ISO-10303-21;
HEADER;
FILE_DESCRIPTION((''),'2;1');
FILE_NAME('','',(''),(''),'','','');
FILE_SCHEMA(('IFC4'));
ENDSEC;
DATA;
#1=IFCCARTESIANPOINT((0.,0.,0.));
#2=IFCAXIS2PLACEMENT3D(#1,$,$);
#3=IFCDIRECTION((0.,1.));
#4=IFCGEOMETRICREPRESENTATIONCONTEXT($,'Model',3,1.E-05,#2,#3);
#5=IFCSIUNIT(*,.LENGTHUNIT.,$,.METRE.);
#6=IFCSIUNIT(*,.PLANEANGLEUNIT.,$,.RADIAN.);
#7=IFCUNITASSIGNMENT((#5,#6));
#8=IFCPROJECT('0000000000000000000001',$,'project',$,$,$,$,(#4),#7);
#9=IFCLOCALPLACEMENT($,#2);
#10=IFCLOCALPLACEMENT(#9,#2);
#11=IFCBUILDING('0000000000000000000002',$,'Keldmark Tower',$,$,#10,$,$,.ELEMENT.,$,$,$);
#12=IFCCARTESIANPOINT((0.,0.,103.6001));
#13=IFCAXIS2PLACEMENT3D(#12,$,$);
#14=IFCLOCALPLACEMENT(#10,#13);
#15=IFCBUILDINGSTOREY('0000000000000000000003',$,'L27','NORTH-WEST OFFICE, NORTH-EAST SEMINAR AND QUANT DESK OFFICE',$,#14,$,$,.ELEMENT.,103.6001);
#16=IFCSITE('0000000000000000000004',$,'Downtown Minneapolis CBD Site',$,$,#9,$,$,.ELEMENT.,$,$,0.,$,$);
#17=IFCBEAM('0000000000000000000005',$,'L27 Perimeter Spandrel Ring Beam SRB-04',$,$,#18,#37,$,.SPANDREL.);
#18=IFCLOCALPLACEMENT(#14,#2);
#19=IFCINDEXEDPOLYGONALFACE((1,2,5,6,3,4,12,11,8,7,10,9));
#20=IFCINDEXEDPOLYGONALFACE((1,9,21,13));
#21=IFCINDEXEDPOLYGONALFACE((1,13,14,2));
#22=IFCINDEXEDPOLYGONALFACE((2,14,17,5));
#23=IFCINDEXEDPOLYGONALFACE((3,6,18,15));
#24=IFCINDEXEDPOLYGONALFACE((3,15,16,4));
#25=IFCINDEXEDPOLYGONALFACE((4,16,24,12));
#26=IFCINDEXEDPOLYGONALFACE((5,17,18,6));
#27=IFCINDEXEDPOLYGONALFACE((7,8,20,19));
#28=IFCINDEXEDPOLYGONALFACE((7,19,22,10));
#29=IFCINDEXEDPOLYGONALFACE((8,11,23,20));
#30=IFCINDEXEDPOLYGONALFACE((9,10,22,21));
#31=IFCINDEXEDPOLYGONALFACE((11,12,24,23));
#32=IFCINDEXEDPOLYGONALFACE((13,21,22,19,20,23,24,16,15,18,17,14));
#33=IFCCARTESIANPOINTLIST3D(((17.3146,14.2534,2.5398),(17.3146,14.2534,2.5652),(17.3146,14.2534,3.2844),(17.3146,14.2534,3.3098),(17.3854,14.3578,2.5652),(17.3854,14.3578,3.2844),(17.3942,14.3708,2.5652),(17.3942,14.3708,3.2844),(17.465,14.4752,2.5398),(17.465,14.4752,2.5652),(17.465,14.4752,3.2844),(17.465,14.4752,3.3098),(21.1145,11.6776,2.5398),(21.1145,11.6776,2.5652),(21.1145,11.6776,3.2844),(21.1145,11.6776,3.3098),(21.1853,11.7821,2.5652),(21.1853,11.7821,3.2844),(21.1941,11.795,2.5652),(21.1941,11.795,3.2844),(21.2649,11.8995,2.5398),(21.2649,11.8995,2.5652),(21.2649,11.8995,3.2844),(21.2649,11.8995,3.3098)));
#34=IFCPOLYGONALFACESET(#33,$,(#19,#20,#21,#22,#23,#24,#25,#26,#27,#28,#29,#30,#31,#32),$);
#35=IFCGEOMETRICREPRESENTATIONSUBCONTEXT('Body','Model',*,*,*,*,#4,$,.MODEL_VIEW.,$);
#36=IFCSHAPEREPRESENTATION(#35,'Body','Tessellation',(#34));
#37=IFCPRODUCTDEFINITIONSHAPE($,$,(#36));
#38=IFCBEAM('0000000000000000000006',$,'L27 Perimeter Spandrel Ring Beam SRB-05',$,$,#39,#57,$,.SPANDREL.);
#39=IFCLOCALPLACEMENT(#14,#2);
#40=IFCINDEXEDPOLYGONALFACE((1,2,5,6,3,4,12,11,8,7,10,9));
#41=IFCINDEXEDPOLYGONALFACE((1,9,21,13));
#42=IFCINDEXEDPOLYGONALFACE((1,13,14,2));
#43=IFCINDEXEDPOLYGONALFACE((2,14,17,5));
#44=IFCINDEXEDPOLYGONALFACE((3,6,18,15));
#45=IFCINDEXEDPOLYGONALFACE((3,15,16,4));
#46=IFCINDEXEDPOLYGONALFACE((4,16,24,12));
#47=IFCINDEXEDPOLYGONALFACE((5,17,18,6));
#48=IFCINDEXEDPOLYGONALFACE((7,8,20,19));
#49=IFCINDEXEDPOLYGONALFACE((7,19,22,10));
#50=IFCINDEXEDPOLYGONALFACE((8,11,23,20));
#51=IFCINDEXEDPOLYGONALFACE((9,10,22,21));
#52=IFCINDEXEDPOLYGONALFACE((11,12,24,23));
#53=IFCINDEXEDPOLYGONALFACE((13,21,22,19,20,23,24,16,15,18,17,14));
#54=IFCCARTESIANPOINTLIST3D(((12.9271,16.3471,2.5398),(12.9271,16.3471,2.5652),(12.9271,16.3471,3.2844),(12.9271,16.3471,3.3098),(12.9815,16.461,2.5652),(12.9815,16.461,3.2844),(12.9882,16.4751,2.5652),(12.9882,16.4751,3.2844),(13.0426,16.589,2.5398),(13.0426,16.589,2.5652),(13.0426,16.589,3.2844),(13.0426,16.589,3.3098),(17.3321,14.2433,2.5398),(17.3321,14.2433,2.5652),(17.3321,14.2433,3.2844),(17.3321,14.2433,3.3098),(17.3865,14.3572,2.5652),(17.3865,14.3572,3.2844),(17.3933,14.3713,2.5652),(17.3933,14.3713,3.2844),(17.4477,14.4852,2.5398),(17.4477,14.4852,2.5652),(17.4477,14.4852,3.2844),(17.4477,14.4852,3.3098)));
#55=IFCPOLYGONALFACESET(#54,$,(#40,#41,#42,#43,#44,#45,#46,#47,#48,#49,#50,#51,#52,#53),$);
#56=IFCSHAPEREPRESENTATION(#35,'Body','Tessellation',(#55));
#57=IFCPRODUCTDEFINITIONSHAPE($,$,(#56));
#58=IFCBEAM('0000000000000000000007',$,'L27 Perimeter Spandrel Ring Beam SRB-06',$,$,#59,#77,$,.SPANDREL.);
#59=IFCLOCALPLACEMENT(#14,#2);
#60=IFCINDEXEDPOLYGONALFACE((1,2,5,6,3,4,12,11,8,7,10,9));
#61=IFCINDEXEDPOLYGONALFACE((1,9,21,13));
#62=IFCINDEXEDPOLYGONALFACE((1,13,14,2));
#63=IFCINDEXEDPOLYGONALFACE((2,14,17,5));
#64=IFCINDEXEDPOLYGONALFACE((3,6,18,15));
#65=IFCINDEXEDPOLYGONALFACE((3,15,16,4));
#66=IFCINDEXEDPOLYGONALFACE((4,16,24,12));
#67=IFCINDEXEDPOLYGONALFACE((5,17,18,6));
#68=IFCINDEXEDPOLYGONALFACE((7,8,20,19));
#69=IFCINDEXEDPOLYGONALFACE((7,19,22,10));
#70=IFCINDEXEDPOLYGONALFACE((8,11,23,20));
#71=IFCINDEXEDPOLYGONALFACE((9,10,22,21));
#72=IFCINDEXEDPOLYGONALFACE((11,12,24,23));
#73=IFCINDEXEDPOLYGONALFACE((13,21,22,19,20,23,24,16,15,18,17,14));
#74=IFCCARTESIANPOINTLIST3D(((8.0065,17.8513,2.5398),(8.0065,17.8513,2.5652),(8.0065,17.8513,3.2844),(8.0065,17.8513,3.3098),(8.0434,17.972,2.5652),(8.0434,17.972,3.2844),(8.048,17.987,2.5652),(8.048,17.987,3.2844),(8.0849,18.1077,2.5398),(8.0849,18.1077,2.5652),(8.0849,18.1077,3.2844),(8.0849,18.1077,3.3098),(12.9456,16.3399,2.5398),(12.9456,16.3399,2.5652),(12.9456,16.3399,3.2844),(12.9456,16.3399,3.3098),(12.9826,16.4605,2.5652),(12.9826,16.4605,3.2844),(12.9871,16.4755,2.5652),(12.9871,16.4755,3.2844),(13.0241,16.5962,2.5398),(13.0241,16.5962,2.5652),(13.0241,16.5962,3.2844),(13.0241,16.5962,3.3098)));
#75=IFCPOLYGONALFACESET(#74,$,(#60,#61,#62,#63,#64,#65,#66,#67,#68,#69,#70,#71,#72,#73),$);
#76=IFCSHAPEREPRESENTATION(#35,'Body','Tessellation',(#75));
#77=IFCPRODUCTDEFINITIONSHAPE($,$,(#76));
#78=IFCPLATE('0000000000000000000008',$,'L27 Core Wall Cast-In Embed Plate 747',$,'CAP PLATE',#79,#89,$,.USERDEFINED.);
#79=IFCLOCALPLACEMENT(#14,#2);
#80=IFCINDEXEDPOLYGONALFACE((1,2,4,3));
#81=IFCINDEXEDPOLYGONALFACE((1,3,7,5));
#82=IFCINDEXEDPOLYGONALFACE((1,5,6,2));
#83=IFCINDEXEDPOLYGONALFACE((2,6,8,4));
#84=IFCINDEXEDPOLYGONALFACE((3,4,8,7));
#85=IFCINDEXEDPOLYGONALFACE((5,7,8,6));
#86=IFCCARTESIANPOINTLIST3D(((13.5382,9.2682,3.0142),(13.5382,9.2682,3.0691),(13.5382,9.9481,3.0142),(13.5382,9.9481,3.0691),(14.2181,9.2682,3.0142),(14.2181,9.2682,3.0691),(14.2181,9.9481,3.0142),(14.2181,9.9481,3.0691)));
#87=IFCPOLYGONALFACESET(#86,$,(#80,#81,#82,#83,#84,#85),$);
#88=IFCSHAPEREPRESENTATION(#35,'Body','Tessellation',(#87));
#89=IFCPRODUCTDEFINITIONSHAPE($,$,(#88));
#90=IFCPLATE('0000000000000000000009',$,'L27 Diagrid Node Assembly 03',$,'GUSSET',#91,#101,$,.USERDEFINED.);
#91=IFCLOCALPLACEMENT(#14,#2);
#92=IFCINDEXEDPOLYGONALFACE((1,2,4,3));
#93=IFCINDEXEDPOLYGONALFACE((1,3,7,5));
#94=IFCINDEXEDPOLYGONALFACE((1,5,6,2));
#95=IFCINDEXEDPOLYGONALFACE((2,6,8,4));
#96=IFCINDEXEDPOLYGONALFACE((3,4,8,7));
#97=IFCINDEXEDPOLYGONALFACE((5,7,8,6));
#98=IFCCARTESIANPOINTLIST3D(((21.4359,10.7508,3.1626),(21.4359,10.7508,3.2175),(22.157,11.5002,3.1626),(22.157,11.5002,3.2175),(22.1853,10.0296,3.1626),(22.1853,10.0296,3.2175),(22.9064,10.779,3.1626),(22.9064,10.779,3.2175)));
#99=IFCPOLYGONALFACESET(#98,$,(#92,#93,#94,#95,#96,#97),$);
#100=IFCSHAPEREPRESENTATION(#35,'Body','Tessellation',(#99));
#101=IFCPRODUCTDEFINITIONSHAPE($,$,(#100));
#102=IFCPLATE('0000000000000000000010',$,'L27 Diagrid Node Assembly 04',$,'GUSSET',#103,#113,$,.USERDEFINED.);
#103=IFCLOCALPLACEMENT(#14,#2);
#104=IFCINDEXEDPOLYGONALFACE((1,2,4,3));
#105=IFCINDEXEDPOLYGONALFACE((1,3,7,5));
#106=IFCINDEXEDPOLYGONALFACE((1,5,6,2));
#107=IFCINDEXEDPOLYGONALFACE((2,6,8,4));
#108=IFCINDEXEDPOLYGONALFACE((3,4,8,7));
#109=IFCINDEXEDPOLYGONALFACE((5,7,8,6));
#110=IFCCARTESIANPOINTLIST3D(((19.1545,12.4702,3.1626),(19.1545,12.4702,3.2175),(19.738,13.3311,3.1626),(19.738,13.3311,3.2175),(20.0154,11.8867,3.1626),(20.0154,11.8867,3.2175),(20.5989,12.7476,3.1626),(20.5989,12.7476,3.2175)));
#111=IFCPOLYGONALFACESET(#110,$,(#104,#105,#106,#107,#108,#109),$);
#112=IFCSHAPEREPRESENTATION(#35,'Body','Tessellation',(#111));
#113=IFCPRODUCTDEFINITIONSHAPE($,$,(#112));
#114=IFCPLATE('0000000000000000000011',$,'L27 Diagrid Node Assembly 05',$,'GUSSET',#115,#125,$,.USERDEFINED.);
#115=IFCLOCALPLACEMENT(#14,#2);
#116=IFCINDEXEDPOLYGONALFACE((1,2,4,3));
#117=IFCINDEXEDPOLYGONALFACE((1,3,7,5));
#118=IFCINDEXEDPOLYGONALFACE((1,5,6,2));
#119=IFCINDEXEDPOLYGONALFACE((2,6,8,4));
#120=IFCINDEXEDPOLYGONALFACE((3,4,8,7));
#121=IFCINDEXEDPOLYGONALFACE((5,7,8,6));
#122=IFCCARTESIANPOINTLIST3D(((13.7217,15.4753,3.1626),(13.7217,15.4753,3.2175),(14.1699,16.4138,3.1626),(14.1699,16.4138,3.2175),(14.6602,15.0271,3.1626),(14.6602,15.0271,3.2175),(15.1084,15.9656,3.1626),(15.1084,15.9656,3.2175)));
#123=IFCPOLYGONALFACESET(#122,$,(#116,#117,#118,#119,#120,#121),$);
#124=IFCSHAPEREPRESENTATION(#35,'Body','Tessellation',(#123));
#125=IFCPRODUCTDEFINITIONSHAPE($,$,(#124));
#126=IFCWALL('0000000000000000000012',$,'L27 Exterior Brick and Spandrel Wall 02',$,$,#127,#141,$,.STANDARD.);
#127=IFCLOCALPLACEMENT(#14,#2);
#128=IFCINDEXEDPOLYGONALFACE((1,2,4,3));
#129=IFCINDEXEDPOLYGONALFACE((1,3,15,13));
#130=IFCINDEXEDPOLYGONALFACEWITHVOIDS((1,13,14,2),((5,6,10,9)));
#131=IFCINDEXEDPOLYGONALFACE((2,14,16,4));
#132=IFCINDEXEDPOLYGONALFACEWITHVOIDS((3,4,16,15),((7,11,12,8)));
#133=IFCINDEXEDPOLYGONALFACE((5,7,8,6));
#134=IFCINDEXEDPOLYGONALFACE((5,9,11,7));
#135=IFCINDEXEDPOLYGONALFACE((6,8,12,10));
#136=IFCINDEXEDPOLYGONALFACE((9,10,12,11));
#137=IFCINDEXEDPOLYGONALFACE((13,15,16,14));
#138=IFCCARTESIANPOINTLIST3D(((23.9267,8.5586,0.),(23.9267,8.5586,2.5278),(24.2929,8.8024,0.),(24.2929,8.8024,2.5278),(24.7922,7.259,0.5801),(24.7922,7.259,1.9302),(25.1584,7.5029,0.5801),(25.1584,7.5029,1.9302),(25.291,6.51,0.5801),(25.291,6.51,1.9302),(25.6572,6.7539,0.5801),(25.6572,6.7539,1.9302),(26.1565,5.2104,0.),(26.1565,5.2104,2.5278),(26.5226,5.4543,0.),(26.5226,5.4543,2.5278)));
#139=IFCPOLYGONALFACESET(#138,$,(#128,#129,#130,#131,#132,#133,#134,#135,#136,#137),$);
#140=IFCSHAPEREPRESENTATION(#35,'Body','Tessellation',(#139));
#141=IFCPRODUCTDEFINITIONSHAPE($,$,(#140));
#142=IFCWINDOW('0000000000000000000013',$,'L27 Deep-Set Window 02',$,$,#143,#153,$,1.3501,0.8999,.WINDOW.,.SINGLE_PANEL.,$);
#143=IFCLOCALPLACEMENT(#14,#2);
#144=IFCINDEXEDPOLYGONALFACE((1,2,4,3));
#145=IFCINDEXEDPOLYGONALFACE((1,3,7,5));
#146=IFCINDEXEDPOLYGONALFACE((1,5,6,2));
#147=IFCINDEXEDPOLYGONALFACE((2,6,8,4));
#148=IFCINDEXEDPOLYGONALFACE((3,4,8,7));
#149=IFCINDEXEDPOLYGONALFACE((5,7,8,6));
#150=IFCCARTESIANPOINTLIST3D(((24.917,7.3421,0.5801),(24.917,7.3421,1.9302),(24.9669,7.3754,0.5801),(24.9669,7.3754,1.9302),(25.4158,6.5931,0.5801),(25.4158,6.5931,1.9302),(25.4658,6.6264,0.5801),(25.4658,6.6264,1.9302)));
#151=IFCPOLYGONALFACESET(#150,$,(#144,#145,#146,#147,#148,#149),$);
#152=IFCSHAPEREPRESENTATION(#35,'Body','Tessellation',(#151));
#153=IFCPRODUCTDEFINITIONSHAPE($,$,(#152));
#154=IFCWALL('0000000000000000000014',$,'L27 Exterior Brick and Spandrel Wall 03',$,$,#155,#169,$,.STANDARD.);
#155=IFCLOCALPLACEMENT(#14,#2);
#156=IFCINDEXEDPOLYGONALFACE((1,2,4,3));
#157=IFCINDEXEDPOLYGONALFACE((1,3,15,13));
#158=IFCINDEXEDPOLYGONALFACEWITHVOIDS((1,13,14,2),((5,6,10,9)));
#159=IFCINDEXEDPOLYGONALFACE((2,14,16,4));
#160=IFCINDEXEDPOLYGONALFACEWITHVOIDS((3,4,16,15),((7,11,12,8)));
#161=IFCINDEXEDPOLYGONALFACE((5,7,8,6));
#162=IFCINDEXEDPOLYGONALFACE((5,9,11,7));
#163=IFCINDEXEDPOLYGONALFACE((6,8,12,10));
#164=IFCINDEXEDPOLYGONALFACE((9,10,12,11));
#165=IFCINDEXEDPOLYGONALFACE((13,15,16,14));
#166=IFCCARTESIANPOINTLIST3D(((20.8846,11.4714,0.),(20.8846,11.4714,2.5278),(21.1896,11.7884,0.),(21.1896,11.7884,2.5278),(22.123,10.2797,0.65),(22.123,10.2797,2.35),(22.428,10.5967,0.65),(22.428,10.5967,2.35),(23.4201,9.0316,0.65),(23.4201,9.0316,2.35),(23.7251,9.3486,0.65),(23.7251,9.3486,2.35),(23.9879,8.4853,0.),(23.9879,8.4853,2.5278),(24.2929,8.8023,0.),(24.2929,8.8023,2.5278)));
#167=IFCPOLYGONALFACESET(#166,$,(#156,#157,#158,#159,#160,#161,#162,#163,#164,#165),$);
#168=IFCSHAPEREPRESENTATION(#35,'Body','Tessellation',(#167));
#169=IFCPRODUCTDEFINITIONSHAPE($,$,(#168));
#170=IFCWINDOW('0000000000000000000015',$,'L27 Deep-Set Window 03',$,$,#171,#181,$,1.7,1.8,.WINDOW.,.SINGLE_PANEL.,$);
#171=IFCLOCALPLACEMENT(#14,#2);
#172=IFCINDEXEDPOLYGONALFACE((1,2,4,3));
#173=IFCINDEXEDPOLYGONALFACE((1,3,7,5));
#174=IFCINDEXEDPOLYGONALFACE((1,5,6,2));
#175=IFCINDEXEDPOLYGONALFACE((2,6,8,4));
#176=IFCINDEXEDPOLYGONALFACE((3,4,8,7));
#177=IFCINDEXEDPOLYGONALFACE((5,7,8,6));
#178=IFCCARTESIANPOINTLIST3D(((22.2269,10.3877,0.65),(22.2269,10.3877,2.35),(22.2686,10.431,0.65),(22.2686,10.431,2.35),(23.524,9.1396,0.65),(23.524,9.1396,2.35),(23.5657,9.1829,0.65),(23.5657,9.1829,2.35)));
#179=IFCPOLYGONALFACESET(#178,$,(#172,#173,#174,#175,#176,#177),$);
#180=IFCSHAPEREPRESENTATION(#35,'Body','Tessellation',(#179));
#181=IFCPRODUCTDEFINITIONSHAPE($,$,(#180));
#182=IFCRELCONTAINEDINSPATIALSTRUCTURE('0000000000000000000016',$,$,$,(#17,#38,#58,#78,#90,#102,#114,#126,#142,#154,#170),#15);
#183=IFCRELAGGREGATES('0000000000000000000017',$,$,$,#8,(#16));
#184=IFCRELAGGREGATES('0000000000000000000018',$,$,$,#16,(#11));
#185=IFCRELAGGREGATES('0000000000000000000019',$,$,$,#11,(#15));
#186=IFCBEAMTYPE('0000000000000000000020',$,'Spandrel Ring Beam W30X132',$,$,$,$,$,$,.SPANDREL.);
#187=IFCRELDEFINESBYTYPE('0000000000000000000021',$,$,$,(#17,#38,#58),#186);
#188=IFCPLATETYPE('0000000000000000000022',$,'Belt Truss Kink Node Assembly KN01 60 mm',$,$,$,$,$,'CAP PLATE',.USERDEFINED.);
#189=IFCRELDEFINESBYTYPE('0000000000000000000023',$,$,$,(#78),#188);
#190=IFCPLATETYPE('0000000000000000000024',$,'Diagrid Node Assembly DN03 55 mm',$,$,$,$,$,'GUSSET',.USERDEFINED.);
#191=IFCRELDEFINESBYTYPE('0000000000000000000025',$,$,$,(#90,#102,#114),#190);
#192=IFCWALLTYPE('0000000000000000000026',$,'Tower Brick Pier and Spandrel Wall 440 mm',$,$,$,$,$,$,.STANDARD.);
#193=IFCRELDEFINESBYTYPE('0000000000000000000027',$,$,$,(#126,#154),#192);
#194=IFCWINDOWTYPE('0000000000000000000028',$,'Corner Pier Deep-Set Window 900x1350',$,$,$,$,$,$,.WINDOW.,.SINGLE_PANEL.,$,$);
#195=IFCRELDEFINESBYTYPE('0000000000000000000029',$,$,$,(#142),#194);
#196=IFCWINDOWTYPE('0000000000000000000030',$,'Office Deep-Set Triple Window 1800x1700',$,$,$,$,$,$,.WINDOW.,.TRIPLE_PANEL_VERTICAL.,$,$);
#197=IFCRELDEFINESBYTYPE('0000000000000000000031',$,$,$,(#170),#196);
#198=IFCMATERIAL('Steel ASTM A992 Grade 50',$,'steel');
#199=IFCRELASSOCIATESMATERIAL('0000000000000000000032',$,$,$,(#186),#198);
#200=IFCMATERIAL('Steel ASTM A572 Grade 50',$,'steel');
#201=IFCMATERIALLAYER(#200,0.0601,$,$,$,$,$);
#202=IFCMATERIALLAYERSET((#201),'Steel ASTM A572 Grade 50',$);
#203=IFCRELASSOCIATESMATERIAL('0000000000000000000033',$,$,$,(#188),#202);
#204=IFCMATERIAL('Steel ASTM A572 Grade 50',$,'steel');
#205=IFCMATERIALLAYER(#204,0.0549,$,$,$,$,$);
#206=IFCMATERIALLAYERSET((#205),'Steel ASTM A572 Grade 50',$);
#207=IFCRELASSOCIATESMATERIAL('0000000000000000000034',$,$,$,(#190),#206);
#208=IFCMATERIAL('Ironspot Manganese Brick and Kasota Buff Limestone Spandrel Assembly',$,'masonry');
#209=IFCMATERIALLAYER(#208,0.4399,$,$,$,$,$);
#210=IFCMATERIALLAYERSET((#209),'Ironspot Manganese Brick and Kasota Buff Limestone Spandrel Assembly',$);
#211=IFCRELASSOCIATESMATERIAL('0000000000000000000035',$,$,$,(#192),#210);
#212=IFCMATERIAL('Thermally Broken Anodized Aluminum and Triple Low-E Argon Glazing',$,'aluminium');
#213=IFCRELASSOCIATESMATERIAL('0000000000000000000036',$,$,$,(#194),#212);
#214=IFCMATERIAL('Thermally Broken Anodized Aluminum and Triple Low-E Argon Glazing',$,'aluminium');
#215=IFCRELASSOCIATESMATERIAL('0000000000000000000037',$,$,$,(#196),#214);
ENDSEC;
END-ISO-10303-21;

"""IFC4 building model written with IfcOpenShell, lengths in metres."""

from ifc_helpers import new_model, si_unit, direction, frame, frame_2d, origin, origin_2d, place, context, subcontext, project, spatial, rectangle, i_section, extrude, material, layer, layer_set, material_profile, profile_set, type_object, element, fill, save


model = new_model("IFC4")

# Units and contexts
model_context = context("Model", 3, precision=1e-05, world=origin(), true_north=direction((0.0, 1.0)))
body_context = subcontext(model_context, "Body", "Model", "MODEL_VIEW")
ifc_project = project(units=[si_unit("LENGTHUNIT", "METRE"), si_unit("PLANEANGLEUNIT", "RADIAN")], contexts=[model_context])

# Site, building, storey
site_placement = place(None, origin())
site = spatial("IfcSite", under=ifc_project, at=site_placement, Name="Downtown Minneapolis CBD Site", CompositionType="ELEMENT", RefElevation=0.0)
building_placement = place(site_placement, origin())
building = spatial("IfcBuilding", under=site, at=building_placement, Name="Keldmark Tower", CompositionType="ELEMENT")
storey_placement = place(building_placement, frame((0.0, 0.0, 103.6001)))
storey = spatial("IfcBuildingStorey", under=building, at=storey_placement, Name="L27", Description="NORTH-WEST OFFICE, NORTH-EAST SEMINAR AND QUANT DESK OFFICE", CompositionType="ELEMENT", Elevation=103.6001)

# Beams
ifc_material_1 = material(Name="Steel ASTM A992 Grade 50", Category="steel")
ifc_material_profile_1 = material_profile(ifc_material_1, i_section(OverallWidth=0.2681, OverallDepth=0.77, WebThickness=0.0156, FlangeThickness=0.0254, at=origin_2d()), Name="W30X132")
ifc_profile_set_1 = profile_set([ifc_material_profile_1], Name="Steel ASTM A992 Grade 50")
beam_type_1 = type_object("IfcBeamType", Name="Spandrel Ring Beam W30X132", PredefinedType="SPANDREL", material=ifc_profile_set_1)
beam_1_placement = place(storey_placement, frame((21.1897, 11.7886, 2.9248), z_axis=(-0.827755, 0.56109, 0.0), x_axis=(-0.56109, -0.827755, 0.0)))
element("IfcBeam", 1, at=beam_1_placement, inside=storey, type_object=beam_type_1, Name="L27 Perimeter Spandrel Ring Beam SRB-04", PredefinedType="SPANDREL", context=body_context, shape_type="SweptSolid", body=[
    extrude(i_section(OverallWidth=0.2681, OverallDepth=0.77, WebThickness=0.0156, FlangeThickness=0.0254, at=origin_2d()), origin(), (0.0, 0.0, 1.0), 4.5906),
])
beam_2_placement = place(storey_placement, frame((17.3899, 14.3643, 2.9248), z_axis=(-0.902373, 0.430956, 0.0), x_axis=(-0.430956, -0.902373, 0.0)))
element("IfcBeam", 2, at=beam_2_placement, inside=storey, type_object=beam_type_1, Name="L27 Perimeter Spandrel Ring Beam SRB-05", PredefinedType="SPANDREL", context=body_context, shape_type="SweptSolid", body=[
    extrude(i_section(OverallWidth=0.2681, OverallDepth=0.77, WebThickness=0.0156, FlangeThickness=0.0254, at=origin_2d()), origin(), (0.0, 0.0, 1.0), 4.8816),
])
beam_3_placement = place(storey_placement, frame((12.9849, 16.468, 2.9248), z_axis=(-0.956229, 0.292621, 0.0), x_axis=(-0.292621, -0.956229, 0.0)))
element("IfcBeam", 3, at=beam_3_placement, inside=storey, type_object=beam_type_1, Name="L27 Perimeter Spandrel Ring Beam SRB-06", PredefinedType="SPANDREL", context=body_context, shape_type="SweptSolid", body=[
    extrude(i_section(OverallWidth=0.2681, OverallDepth=0.77, WebThickness=0.0156, FlangeThickness=0.0254, at=origin_2d()), origin(), (0.0, 0.0, 1.0), 5.1653),
])

# Plates
ifc_material_2 = material(Name="Steel ASTM A572 Grade 50", Category="steel")
ifc_layer_1 = layer(ifc_material_2, 0.0601)
ifc_layer_set_1 = layer_set([ifc_layer_1], Name="Steel ASTM A572 Grade 50")
plate_type_1 = type_object("IfcPlateType", Name="Belt Truss Kink Node Assembly KN01 60 mm", ElementType="CAP PLATE", PredefinedType="USERDEFINED", material=ifc_layer_set_1)
plate_placement = place(storey_placement, frame((13.8782, 9.6082, 3.0142), z_axis=(0.0, 0.0, 1.0), x_axis=(1.0, 0.0, 0.0)))
element("IfcPlate", 4, at=plate_placement, inside=storey, type_object=plate_type_1, Name="L27 Core Wall Cast-In Embed Plate 747", ObjectType="CAP PLATE", PredefinedType="USERDEFINED", context=body_context, shape_type="SweptSolid", body=[
    extrude(rectangle(XDim=0.6799, YDim=0.6799, at=origin_2d()), origin(), (0.0, 0.0, 1.0), 0.0549),
])
ifc_material_3 = material(Name="Steel ASTM A572 Grade 50", Category="steel")
ifc_layer_2 = layer(ifc_material_3, 0.0549)
ifc_layer_set_2 = layer_set([ifc_layer_2], Name="Steel ASTM A572 Grade 50")
plate_type_2 = type_object("IfcPlateType", Name="Diagrid Node Assembly DN03 55 mm", ElementType="GUSSET", PredefinedType="USERDEFINED", material=ifc_layer_set_2)
for number, where, z_axis, x_axis, name in (
    (5, (22.1711, 10.7649, 3.1626), (0.0, 0.0, 1.0), (-0.720551, 0.693402, 0.0), "L27 Diagrid Node Assembly 03"),
    (6, (19.8767, 12.6089, 3.1626), (0.0, 0.0, 1.0), (-0.827767, 0.561072, 0.0), "L27 Diagrid Node Assembly 04"),
    (7, (14.415, 15.7205, 3.1626), (0.0, 0.0, 1.0), (-0.90236, 0.430984, 0.0), "L27 Diagrid Node Assembly 05"),
):
    element("IfcPlate", number, at=place(storey_placement, frame(where, z_axis=z_axis, x_axis=x_axis)), inside=storey, type_object=plate_type_2, Name=name, ObjectType="GUSSET", PredefinedType="USERDEFINED", context=body_context, shape_type="SweptSolid", body=[
        extrude(rectangle(XDim=1.04, YDim=1.04, at=origin_2d()), origin(), (0.0, 0.0, 1.0), 0.0549),
    ])

# Walls, openings, windows
ifc_material_4 = material(Name="Ironspot Manganese Brick and Kasota Buff Limestone Spandrel Assembly", Category="masonry")
ifc_layer_3 = layer(ifc_material_4, 0.4399)
ifc_layer_set_3 = layer_set([ifc_layer_3], Name="Ironspot Manganese Brick and Kasota Buff Limestone Spandrel Assembly")
wall_type = type_object("IfcWallType", Name="Tower Brick Pier and Spandrel Wall 440 mm", PredefinedType="STANDARD", material=ifc_layer_set_3)
wall_1_placement = place(storey_placement, frame((24.1099, 8.6804, 0.0), z_axis=(0.0, 0.0, 1.0), x_axis=(0.554294, -0.832321, 0.0)))
wall_1 = element("IfcWall", 8, at=wall_1_placement, inside=storey, type_object=wall_type, Name="L27 Exterior Brick and Spandrel Wall 02", PredefinedType="STANDARD", context=body_context, shape_type="SweptSolid", body=[
    extrude(rectangle(XDim=4.0227, YDim=0.4399, at=frame_2d((2.0112, 0.0))), origin(), (0.0, 0.0, 1.0), 2.5278),
])
opening_1_placement = place(wall_1_placement, frame((1.5613, 0.0, 0.5801)))
opening_1 = element("IfcOpeningElement", 9, at=opening_1_placement, cuts=wall_1, PredefinedType="OPENING", context=body_context, shape_type="SweptSolid", body=[
    extrude(rectangle(XDim=0.8999, YDim=1.3501, at=frame_2d((0.45, 0.675))), frame((0.0, 0.23, 0.0), z_axis=(0.0, -1.0, 0.0), x_axis=(1.0, 0.0, 0.0)), (0.0, 0.0, 1.0), 0.46),
])
ifc_material_5 = material(Name="Thermally Broken Anodized Aluminum and Triple Low-E Argon Glazing", Category="aluminium")
window_type_1 = type_object("IfcWindowType", Name="Corner Pier Deep-Set Window 900x1350", PartitioningType="SINGLE_PANEL", PredefinedType="WINDOW", material=ifc_material_5)
window_1_placement = place(opening_1_placement, origin())
window_1 = element("IfcWindow", 10, at=window_1_placement, inside=storey, type_object=window_type_1, Name="L27 Deep-Set Window 02", OverallHeight=1.3501, OverallWidth=0.8999, PartitioningType="SINGLE_PANEL", PredefinedType="WINDOW", context=body_context, shape_type="SweptSolid", body=[
    extrude(rectangle(XDim=0.8999, YDim=1.3501, at=frame_2d((0.45, 0.675))), frame((0.0, -0.01, 0.0), z_axis=(0.0, -1.0, 0.0), x_axis=(1.0, 0.0, 0.0)), (0.0, 0.0, 1.0), 0.0601),
])
fill(opening_1, window_1)
wall_2_placement = place(storey_placement, frame((21.0371, 11.6299, 0.0), z_axis=(0.0, 0.0, 1.0), x_axis=(0.720581, -0.69337, 0.0)))
wall_2 = element("IfcWall", 11, at=wall_2_placement, inside=storey, type_object=wall_type, Name="L27 Exterior Brick and Spandrel Wall 03", PredefinedType="STANDARD", context=body_context, shape_type="SweptSolid", body=[
    extrude(rectangle(XDim=4.3066, YDim=0.4399, at=frame_2d((2.1533, 0.0))), origin(), (0.0, 0.0, 1.0), 2.5278),
])
opening_2_placement = place(wall_2_placement, frame((1.7188, 0.0, 0.6499)))
opening_2 = element("IfcOpeningElement", 12, at=opening_2_placement, cuts=wall_2, PredefinedType="OPENING", context=body_context, shape_type="SweptSolid", body=[
    extrude(rectangle(XDim=1.8, YDim=1.7, at=frame_2d((0.8999, 0.8501))), frame((0.0, 0.23, 0.0), z_axis=(0.0, -1.0, 0.0), x_axis=(1.0, 0.0, 0.0)), (0.0, 0.0, 1.0), 0.46),
])
ifc_material_6 = material(Name="Thermally Broken Anodized Aluminum and Triple Low-E Argon Glazing", Category="aluminium")
window_type_2 = type_object("IfcWindowType", Name="Office Deep-Set Triple Window 1800x1700", PartitioningType="TRIPLE_PANEL_VERTICAL", PredefinedType="WINDOW", material=ifc_material_6)
window_2_placement = place(opening_2_placement, origin())
window_2 = element("IfcWindow", 13, at=window_2_placement, inside=storey, type_object=window_type_2, Name="L27 Deep-Set Window 03", OverallHeight=1.7, OverallWidth=1.8, PartitioningType="SINGLE_PANEL", PredefinedType="WINDOW", context=body_context, shape_type="SweptSolid", body=[
    extrude(rectangle(XDim=1.8, YDim=1.7, at=frame_2d((0.8999, 0.8501))), frame((0.0, -0.01, 0.0), z_axis=(0.0, -1.0, 0.0), x_axis=(1.0, 0.0, 0.0)), (0.0, 0.0, 1.0), 0.0601),
])
fill(opening_2, window_2)

save(model, "model.ifc")
